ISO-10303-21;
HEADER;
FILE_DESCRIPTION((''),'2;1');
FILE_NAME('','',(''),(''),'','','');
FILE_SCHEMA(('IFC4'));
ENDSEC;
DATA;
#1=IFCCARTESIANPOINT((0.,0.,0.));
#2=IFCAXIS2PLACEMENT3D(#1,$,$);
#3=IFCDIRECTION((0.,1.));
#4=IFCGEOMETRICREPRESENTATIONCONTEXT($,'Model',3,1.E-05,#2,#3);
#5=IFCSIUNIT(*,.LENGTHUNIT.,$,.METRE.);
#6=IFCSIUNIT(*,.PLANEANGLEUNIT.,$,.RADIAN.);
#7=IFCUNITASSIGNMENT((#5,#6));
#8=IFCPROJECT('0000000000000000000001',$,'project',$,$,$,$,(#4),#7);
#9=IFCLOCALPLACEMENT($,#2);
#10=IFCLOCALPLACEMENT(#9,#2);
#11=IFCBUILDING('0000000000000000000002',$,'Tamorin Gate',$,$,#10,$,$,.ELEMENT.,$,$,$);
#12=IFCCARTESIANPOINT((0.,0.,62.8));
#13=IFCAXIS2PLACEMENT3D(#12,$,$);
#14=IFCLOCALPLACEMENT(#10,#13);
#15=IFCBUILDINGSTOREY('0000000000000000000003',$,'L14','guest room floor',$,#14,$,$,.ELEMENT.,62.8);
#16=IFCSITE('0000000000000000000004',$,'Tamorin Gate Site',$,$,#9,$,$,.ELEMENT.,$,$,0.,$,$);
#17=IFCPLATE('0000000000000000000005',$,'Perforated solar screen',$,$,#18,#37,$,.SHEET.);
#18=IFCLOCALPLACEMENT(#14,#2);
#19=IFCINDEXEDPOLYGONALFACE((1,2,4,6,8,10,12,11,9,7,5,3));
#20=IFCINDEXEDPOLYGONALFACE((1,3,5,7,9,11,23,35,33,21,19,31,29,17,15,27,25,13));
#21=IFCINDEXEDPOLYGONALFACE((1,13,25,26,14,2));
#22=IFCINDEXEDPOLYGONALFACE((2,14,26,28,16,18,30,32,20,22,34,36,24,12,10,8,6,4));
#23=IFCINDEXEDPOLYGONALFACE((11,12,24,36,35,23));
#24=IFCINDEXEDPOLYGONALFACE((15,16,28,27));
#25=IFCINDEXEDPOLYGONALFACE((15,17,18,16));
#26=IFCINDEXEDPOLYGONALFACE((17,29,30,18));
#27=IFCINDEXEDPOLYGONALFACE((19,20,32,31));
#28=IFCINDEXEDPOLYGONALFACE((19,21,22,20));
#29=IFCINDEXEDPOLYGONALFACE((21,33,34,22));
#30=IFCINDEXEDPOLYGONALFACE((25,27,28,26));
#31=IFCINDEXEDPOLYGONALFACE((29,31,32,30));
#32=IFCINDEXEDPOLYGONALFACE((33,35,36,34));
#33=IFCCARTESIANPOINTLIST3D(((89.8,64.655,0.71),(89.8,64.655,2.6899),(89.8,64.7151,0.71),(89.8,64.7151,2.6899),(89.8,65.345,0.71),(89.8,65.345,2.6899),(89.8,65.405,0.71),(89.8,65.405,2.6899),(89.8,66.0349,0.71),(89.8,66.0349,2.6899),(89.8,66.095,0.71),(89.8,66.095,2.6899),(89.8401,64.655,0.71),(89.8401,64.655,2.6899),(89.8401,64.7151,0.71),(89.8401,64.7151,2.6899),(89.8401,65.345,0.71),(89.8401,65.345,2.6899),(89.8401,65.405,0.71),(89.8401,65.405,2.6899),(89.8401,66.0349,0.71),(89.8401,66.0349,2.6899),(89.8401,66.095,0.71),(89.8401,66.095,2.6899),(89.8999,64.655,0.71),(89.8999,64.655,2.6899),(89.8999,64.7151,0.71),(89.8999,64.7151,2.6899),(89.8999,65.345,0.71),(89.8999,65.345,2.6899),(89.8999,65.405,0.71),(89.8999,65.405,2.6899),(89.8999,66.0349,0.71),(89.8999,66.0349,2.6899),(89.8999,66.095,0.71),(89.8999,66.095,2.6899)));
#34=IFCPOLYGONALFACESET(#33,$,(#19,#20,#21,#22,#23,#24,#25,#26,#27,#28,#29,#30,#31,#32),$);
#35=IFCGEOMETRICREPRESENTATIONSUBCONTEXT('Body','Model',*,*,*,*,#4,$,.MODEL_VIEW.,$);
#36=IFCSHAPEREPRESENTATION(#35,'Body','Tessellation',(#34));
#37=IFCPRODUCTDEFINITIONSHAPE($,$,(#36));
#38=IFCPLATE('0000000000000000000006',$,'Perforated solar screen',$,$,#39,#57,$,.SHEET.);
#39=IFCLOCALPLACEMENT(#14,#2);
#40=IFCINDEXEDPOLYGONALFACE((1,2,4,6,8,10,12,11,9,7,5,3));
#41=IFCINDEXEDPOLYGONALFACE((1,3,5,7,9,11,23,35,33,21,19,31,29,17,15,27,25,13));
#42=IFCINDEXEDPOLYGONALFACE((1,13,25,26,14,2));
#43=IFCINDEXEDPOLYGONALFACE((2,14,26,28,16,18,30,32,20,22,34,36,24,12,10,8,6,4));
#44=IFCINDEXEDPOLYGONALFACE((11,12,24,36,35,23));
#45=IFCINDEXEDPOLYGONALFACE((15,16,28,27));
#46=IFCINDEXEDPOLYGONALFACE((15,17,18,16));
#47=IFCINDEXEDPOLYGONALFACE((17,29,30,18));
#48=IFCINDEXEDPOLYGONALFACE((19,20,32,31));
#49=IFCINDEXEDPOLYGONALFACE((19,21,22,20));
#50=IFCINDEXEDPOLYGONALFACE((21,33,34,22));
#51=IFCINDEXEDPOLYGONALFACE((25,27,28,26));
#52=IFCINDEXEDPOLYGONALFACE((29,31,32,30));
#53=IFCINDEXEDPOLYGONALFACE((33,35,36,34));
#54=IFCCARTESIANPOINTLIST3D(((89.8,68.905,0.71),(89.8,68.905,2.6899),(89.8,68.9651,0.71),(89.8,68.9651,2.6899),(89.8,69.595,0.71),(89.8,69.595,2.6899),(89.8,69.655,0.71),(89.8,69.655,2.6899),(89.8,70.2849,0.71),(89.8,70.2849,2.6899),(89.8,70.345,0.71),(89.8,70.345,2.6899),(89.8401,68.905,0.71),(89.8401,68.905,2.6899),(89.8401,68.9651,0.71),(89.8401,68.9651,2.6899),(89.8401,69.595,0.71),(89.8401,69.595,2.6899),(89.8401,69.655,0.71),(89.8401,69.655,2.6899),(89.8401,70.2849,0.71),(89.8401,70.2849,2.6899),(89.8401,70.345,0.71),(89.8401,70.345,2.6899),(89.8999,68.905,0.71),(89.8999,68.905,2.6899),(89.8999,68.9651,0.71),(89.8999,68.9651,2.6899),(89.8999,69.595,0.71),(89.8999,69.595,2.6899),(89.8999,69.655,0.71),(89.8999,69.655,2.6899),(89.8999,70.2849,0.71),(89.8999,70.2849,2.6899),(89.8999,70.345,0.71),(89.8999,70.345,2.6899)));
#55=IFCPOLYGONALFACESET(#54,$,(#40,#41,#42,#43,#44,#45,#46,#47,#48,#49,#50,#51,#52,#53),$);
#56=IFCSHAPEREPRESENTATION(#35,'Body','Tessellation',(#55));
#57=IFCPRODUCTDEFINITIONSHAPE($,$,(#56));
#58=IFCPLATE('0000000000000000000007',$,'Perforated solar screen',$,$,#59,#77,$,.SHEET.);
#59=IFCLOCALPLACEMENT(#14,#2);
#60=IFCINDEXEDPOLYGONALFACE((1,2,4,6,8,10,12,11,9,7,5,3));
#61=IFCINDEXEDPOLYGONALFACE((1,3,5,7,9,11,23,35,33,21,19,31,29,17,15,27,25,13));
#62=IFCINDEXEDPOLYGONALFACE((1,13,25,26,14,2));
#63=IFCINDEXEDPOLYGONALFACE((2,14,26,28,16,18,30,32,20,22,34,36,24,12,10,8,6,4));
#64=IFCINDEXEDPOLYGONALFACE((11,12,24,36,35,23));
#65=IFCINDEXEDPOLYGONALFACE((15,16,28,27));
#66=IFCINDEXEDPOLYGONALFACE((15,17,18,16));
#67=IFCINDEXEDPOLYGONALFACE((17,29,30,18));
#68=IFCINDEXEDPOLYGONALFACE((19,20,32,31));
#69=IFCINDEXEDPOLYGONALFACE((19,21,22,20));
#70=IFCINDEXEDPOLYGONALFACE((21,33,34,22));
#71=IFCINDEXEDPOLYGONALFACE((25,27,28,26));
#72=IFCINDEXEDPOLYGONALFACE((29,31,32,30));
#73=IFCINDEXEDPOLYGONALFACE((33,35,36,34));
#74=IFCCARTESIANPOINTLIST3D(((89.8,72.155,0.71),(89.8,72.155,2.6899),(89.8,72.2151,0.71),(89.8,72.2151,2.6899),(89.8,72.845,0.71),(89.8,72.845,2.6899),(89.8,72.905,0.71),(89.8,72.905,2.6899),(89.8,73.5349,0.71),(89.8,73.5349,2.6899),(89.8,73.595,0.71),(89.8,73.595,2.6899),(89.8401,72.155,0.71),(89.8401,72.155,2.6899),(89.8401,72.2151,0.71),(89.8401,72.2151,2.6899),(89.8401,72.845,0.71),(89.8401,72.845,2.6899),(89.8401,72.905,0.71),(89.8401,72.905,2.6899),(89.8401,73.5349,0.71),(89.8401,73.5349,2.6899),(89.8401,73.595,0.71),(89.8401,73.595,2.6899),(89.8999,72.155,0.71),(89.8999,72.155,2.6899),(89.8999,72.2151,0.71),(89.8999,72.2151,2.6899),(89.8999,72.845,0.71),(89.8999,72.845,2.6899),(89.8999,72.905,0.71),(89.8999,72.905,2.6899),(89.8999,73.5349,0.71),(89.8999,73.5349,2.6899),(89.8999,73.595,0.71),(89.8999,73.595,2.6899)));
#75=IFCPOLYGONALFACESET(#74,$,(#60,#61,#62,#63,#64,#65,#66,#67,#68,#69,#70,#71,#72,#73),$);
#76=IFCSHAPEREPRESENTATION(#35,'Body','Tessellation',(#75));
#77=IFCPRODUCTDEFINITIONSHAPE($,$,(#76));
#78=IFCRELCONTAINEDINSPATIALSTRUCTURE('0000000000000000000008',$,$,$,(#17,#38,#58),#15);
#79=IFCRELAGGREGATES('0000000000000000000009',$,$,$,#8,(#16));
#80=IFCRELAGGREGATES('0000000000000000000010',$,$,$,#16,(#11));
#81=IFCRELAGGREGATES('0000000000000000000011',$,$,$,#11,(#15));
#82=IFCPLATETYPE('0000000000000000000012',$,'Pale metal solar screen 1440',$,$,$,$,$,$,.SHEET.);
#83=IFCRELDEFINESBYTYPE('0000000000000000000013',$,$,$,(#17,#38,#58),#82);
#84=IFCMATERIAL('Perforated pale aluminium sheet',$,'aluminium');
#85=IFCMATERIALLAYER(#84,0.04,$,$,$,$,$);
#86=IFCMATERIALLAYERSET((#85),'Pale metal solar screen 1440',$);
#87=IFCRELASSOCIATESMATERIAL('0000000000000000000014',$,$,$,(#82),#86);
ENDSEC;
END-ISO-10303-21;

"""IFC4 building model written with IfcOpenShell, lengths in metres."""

from ifc_helpers import new_model, si_unit, direction, frame, origin, place, context, subcontext, project, spatial, polyline, outline, extrude, material, layer, layer_set, type_object, element, save


model = new_model("IFC4")

# Units and contexts
model_context = context("Model", 3, precision=1e-05, world=origin(), true_north=direction((0.0, 1.0)))
body_context = subcontext(model_context, "Body", "Model", "MODEL_VIEW")
ifc_project = project(units=[si_unit("LENGTHUNIT", "METRE"), si_unit("PLANEANGLEUNIT", "RADIAN")], contexts=[model_context])

# Site, building, storey
site_placement = place(None, origin())
site = spatial("IfcSite", under=ifc_project, at=site_placement, Name="Tamorin Gate Site", CompositionType="ELEMENT", RefElevation=0.0)
building_placement = place(site_placement, origin())
building = spatial("IfcBuilding", under=site, at=building_placement, Name="Tamorin Gate", CompositionType="ELEMENT")
storey_placement = place(building_placement, frame((0.0, 0.0, 62.8)))
storey = spatial("IfcBuildingStorey", under=building, at=storey_placement, Name="L14", Description="guest room floor", CompositionType="ELEMENT", Elevation=62.8)

# Plates
ifc_material_1 = material(Name="Perforated pale aluminium sheet", Category="aluminium")
ifc_layer_1 = layer(ifc_material_1, 0.04)
ifc_layer_set_1 = layer_set([ifc_layer_1], Name="Pale metal solar screen 1440")
plate_type = type_object("IfcPlateType", Name="Pale metal solar screen 1440", PredefinedType="SHEET", material=ifc_layer_set_1)
plate_1_placement = place(storey_placement, frame((0.0, 0.0, 0.71)))
element("IfcPlate", 1, at=plate_1_placement, inside=storey, type_object=plate_type, Name="Perforated solar screen", PredefinedType="SHEET", context=body_context, shape_type="SweptSolid", body=[
    extrude(outline(polyline([(89.8401, 64.655), (89.8, 64.655), (89.8, 64.7151), (89.8, 65.345), (89.8, 65.405), (89.8, 66.0349), (89.8, 66.095), (89.8401, 66.095), (89.8999, 66.095), (89.8999, 66.0349), (89.8401, 66.0349), (89.8401, 65.405), (89.8999, 65.405), (89.8999, 65.345), (89.8401, 65.345), (89.8401, 64.7151), (89.8999, 64.7151), (89.8999, 64.655), (89.8401, 64.655)])), origin(), (0.0, 0.0, 1.0), 1.98),
])
plate_2_placement = place(storey_placement, frame((0.0, 0.0, 0.71)))
element("IfcPlate", 2, at=plate_2_placement, inside=storey, type_object=plate_type, Name="Perforated solar screen", PredefinedType="SHEET", context=body_context, shape_type="SweptSolid", body=[
    extrude(outline(polyline([(89.8401, 68.905), (89.8, 68.905), (89.8, 68.9651), (89.8, 69.595), (89.8, 69.655), (89.8, 70.2849), (89.8, 70.345), (89.8401, 70.345), (89.8999, 70.345), (89.8999, 70.2849), (89.8401, 70.2849), (89.8401, 69.655), (89.8999, 69.655), (89.8999, 69.595), (89.8401, 69.595), (89.8401, 68.9651), (89.8999, 68.9651), (89.8999, 68.905), (89.8401, 68.905)])), origin(), (0.0, 0.0, 1.0), 1.98),
])
plate_3_placement = place(storey_placement, frame((0.0, 0.0, 0.71)))
element("IfcPlate", 3, at=plate_3_placement, inside=storey, type_object=plate_type, Name="Perforated solar screen", PredefinedType="SHEET", context=body_context, shape_type="SweptSolid", body=[
    extrude(outline(polyline([(89.8401, 72.155), (89.8, 72.155), (89.8, 72.2151), (89.8, 72.845), (89.8, 72.905), (89.8, 73.5349), (89.8, 73.595), (89.8401, 73.595), (89.8999, 73.595), (89.8999, 73.5349), (89.8401, 73.5349), (89.8401, 72.905), (89.8999, 72.905), (89.8999, 72.845), (89.8401, 72.845), (89.8401, 72.2151), (89.8999, 72.2151), (89.8999, 72.155), (89.8401, 72.155)])), origin(), (0.0, 0.0, 1.0), 1.98),
])

save(model, "model.ifc")
